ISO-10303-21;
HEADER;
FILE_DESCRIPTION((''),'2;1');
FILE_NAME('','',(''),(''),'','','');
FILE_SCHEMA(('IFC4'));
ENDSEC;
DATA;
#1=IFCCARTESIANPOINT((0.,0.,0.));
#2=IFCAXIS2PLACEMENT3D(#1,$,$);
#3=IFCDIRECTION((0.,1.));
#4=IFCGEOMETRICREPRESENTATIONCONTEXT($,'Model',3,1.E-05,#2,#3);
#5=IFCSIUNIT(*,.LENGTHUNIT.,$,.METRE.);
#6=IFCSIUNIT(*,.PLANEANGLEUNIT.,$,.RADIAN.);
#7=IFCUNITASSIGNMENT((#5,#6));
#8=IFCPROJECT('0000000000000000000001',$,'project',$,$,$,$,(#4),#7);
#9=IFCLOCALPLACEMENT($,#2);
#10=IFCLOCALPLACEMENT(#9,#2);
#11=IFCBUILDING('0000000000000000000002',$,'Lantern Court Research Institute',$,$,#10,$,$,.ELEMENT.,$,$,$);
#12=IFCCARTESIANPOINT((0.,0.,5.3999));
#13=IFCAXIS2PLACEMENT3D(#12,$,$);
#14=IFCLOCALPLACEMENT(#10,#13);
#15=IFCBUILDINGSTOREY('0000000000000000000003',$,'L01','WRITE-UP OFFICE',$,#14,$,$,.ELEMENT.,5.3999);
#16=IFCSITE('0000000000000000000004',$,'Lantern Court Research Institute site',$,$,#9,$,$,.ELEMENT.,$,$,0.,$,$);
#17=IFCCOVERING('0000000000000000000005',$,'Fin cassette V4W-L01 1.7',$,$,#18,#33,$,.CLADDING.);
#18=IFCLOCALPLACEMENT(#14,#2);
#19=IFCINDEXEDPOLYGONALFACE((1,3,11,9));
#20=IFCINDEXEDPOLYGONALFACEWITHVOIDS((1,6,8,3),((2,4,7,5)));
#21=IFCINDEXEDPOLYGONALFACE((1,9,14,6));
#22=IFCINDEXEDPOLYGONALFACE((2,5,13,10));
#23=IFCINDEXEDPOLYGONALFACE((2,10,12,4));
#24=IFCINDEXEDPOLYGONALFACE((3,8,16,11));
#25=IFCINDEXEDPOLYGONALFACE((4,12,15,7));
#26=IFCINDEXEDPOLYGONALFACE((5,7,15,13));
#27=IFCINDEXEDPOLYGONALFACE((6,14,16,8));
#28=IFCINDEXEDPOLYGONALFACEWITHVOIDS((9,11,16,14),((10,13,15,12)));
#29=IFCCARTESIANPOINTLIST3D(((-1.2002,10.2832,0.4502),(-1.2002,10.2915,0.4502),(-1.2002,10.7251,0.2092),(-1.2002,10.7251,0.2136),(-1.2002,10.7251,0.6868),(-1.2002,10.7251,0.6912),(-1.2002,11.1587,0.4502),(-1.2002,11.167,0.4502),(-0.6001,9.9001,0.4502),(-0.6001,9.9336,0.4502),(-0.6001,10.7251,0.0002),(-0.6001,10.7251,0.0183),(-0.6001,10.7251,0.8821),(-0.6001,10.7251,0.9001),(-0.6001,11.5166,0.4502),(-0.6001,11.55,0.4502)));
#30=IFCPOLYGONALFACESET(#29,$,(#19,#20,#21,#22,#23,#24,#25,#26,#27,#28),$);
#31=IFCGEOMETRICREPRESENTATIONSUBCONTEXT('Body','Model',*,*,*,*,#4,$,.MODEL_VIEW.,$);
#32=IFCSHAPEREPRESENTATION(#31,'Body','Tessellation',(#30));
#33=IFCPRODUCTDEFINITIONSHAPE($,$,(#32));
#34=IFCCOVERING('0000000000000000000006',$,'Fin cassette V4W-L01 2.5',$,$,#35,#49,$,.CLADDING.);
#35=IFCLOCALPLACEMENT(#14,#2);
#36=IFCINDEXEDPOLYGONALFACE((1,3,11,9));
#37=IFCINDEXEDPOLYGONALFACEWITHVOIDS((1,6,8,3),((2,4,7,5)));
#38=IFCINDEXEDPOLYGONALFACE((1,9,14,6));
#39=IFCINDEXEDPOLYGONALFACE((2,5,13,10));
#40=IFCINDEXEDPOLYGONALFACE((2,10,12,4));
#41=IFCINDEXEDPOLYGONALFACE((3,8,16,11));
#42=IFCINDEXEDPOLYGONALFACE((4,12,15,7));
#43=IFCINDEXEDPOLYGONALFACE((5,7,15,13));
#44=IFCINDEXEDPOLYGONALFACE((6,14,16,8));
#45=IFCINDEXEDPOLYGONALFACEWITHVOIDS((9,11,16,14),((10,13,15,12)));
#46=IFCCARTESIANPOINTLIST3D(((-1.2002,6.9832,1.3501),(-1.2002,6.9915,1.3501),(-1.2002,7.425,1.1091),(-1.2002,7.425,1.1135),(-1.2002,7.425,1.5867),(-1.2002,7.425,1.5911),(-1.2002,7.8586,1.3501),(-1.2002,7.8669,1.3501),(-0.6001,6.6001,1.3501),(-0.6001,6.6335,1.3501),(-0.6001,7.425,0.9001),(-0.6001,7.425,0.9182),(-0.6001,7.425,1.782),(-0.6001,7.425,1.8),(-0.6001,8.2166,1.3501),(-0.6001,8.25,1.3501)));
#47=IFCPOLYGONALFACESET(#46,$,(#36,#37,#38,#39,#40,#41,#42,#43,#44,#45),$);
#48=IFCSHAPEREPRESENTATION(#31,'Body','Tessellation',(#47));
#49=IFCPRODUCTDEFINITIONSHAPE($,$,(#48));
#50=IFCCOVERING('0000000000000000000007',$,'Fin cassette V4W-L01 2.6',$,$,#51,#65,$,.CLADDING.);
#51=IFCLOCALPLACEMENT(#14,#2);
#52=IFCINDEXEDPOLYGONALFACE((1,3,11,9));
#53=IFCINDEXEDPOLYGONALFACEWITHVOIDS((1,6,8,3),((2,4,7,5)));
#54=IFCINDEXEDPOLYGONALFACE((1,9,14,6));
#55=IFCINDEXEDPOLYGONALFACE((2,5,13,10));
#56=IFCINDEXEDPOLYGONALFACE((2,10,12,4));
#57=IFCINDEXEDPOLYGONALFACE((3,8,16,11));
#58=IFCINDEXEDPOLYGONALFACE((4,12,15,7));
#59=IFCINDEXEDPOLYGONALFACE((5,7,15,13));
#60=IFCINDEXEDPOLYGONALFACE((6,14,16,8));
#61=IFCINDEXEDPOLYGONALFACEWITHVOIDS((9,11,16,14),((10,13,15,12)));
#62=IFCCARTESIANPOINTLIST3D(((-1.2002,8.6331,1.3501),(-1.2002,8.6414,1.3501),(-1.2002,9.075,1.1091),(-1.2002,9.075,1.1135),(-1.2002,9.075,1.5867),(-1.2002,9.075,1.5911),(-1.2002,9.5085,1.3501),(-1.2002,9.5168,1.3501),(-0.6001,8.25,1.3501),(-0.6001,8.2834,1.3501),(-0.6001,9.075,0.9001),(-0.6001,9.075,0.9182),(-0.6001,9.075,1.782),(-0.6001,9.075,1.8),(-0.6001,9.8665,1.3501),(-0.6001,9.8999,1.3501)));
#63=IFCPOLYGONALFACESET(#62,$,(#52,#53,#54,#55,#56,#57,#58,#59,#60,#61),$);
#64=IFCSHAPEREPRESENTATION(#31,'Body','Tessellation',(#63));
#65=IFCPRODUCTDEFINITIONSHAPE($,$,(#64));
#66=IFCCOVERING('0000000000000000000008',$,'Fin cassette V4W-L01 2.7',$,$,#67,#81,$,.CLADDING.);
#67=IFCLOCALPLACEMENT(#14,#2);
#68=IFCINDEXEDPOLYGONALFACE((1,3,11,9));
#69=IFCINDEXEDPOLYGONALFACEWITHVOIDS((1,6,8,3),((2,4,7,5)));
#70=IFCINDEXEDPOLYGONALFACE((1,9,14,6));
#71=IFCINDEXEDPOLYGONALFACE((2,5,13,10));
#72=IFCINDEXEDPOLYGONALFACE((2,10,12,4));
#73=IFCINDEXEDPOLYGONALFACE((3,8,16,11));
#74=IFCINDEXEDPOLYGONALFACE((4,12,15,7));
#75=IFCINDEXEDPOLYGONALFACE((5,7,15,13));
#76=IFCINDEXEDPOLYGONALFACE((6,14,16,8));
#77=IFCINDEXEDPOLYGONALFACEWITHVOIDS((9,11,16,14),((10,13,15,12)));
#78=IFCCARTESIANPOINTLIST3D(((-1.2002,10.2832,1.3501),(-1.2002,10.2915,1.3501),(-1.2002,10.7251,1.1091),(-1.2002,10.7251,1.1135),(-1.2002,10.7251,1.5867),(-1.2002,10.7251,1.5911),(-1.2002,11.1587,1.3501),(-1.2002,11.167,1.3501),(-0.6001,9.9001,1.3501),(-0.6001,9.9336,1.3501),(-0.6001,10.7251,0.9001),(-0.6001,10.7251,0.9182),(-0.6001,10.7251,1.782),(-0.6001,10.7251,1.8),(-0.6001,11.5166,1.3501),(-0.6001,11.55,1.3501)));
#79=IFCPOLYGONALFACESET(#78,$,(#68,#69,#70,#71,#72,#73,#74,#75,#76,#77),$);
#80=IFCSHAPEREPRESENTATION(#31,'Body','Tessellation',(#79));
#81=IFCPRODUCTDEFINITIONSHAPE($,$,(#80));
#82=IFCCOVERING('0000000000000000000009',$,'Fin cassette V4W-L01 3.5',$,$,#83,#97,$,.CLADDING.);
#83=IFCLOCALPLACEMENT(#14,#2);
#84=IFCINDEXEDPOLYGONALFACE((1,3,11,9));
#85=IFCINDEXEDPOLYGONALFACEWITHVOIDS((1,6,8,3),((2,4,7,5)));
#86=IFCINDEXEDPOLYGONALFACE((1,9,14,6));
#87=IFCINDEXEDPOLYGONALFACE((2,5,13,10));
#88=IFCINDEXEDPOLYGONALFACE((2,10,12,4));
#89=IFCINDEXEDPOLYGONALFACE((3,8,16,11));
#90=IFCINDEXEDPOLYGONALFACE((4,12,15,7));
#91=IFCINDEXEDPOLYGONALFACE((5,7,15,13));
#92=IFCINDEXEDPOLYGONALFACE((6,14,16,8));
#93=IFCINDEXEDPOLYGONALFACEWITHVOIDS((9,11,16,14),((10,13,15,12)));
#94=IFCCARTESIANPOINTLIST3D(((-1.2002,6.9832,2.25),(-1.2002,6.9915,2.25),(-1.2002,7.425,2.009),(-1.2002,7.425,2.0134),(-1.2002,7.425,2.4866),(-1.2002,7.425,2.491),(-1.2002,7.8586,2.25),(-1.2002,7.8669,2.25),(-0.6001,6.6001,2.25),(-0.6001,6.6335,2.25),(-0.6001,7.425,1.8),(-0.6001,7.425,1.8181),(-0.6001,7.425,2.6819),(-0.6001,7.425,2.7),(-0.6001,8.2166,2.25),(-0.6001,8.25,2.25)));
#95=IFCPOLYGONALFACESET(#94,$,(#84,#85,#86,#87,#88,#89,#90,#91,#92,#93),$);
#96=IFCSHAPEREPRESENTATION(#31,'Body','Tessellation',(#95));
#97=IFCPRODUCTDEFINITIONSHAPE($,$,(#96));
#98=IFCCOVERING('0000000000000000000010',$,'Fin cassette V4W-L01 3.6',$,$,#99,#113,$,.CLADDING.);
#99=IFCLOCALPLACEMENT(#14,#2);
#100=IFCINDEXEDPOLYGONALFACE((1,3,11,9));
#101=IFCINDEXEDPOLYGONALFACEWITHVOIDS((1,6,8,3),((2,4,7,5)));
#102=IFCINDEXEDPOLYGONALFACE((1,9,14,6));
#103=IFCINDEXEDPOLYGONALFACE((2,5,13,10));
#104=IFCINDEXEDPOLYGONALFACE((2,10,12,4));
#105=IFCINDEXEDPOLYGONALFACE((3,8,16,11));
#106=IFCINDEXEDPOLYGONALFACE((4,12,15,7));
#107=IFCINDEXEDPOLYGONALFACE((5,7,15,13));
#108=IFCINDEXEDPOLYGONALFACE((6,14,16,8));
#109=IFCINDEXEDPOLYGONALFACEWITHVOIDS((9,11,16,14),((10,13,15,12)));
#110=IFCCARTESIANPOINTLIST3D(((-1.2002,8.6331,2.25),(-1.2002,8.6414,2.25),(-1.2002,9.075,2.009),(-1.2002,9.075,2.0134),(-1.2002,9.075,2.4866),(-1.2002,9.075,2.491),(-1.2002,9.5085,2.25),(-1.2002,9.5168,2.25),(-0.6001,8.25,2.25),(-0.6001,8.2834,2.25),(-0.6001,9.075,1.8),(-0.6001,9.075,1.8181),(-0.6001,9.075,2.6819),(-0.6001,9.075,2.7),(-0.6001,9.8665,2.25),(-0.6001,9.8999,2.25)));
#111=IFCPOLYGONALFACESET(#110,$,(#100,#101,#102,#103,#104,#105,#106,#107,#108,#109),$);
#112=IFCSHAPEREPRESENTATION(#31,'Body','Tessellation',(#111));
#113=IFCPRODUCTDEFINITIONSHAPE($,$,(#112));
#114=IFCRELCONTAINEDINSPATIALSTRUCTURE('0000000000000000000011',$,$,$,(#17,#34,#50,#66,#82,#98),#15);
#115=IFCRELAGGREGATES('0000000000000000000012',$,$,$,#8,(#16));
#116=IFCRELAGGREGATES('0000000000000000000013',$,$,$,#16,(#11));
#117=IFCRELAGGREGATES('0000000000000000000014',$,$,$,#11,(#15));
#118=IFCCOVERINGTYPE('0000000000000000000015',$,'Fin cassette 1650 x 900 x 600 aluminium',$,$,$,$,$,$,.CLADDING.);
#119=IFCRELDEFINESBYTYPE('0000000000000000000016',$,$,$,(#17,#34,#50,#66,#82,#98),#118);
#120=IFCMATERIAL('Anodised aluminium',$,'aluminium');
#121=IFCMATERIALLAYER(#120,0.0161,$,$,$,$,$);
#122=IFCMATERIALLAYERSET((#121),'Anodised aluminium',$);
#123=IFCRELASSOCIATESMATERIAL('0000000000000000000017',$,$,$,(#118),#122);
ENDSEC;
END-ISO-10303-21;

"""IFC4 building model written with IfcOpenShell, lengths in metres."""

from ifc_helpers import new_model, entity, si_unit, direction, frame, origin, place, context, subcontext, project, spatial, material, layer, layer_set, type_object, element, save


model = new_model("IFC4")

# Units and contexts
model_context = context("Model", 3, precision=1e-05, world=origin(), true_north=direction((0.0, 1.0)))
body_context = subcontext(model_context, "Body", "Model", "MODEL_VIEW")
ifc_project = project(units=[si_unit("LENGTHUNIT", "METRE"), si_unit("PLANEANGLEUNIT", "RADIAN")], contexts=[model_context])

# Site, building, storey
site_placement = place(None, origin())
site = spatial("IfcSite", under=ifc_project, at=site_placement, Name="Lantern Court Research Institute site", CompositionType="ELEMENT", RefElevation=0.0)
building_placement = place(site_placement, origin())
building = spatial("IfcBuilding", under=site, at=building_placement, Name="Lantern Court Research Institute", CompositionType="ELEMENT")
storey_placement = place(building_placement, frame((0.0, 0.0, 5.3999)))
storey = spatial("IfcBuildingStorey", under=building, at=storey_placement, Name="L01", Description="WRITE-UP OFFICE", CompositionType="ELEMENT", Elevation=5.3999)

# Coverings
ifc_material_1 = material(Name="Anodised aluminium", Category="aluminium")
ifc_layer_1 = layer(ifc_material_1, 0.0161)
ifc_layer_set_1 = layer_set([ifc_layer_1], Name="Anodised aluminium")
covering_type = type_object("IfcCoveringType", Name="Fin cassette 1650 x 900 x 600 aluminium", PredefinedType="CLADDING", material=ifc_layer_set_1)
covering_1_placement = place(storey_placement, frame((-0.6001, 10.7251, 0.4502), z_axis=(-1.0, 0.0, 0.0), x_axis=(0.0, -1.0, 0.0)))
cartesian_point_1 = entity("IfcCartesianPoint", [0.825, 0.0])
cartesian_point_2 = entity("IfcCartesianPoint", [0.7915, 0.0])
cartesian_point_3 = entity("IfcCartesianPoint", [0.4419, 0.0])
cartesian_point_4 = entity("IfcCartesianPoint", [0.4336, 0.0])
element("IfcCovering", 1, at=covering_1_placement, inside=storey, type_object=covering_type, Name="Fin cassette V4W-L01 1.7", PredefinedType="CLADDING", context=body_context, shape_type="SweptSolid", body=[
    entity("IfcExtrudedAreaSolidTapered", entity("IfcArbitraryProfileDefWithVoids", "AREA", None, entity("IfcPolyline", [cartesian_point_1, entity("IfcCartesianPoint", [0.0, 0.45]), entity("IfcCartesianPoint", [-0.825, 0.0]), entity("IfcCartesianPoint", [0.0, -0.45]), cartesian_point_1]), [entity("IfcPolyline", [cartesian_point_2, entity("IfcCartesianPoint", [0.0, 0.4319]), entity("IfcCartesianPoint", [-0.7915, 0.0]), entity("IfcCartesianPoint", [0.0, -0.4319]), cartesian_point_2])]), entity("IfcAxis2Placement3D", entity("IfcCartesianPoint", [0.0, 0.0, 0.0])), entity("IfcDirection", [0.0, 0.0, 1.0]), 0.6001, entity("IfcArbitraryProfileDefWithVoids", "AREA", None, entity("IfcPolyline", [cartesian_point_3, entity("IfcCartesianPoint", [0.0, 0.241]), entity("IfcCartesianPoint", [-0.4419, 0.0]), entity("IfcCartesianPoint", [0.0, -0.241]), cartesian_point_3]), [entity("IfcPolyline", [cartesian_point_4, entity("IfcCartesianPoint", [0.0, 0.2366]), entity("IfcCartesianPoint", [-0.4336, 0.0]), entity("IfcCartesianPoint", [0.0, -0.2366]), cartesian_point_4])])),
])
covering_2_placement = place(storey_placement, frame((-0.6001, 7.425, 1.3501), z_axis=(-1.0, 0.0, 0.0), x_axis=(0.0, -1.0, 0.0)))
cartesian_point_5 = entity("IfcCartesianPoint", [0.825, 0.0])
cartesian_point_6 = entity("IfcCartesianPoint", [0.7915, 0.0])
cartesian_point_7 = entity("IfcCartesianPoint", [0.4419, 0.0])
cartesian_point_8 = entity("IfcCartesianPoint", [0.4336, 0.0])
element("IfcCovering", 2, at=covering_2_placement, inside=storey, type_object=covering_type, Name="Fin cassette V4W-L01 2.5", PredefinedType="CLADDING", context=body_context, shape_type="SweptSolid", body=[
    entity("IfcExtrudedAreaSolidTapered", entity("IfcArbitraryProfileDefWithVoids", "AREA", None, entity("IfcPolyline", [cartesian_point_5, entity("IfcCartesianPoint", [0.0, 0.45]), entity("IfcCartesianPoint", [-0.825, 0.0]), entity("IfcCartesianPoint", [0.0, -0.45]), cartesian_point_5]), [entity("IfcPolyline", [cartesian_point_6, entity("IfcCartesianPoint", [0.0, 0.4319]), entity("IfcCartesianPoint", [-0.7915, 0.0]), entity("IfcCartesianPoint", [0.0, -0.4319]), cartesian_point_6])]), entity("IfcAxis2Placement3D", entity("IfcCartesianPoint", [0.0, 0.0, 0.0])), entity("IfcDirection", [0.0, 0.0, 1.0]), 0.6001, entity("IfcArbitraryProfileDefWithVoids", "AREA", None, entity("IfcPolyline", [cartesian_point_7, entity("IfcCartesianPoint", [0.0, 0.241]), entity("IfcCartesianPoint", [-0.4419, 0.0]), entity("IfcCartesianPoint", [0.0, -0.241]), cartesian_point_7]), [entity("IfcPolyline", [cartesian_point_8, entity("IfcCartesianPoint", [0.0, 0.2366]), entity("IfcCartesianPoint", [-0.4336, 0.0]), entity("IfcCartesianPoint", [0.0, -0.2366]), cartesian_point_8])])),
])
covering_3_placement = place(storey_placement, frame((-0.6001, 9.075, 1.3501), z_axis=(-1.0, 0.0, 0.0), x_axis=(0.0, -1.0, 0.0)))
cartesian_point_9 = entity("IfcCartesianPoint", [0.825, 0.0])
cartesian_point_10 = entity("IfcCartesianPoint", [0.7915, 0.0])
cartesian_point_11 = entity("IfcCartesianPoint", [0.4419, 0.0])
cartesian_point_12 = entity("IfcCartesianPoint", [0.4336, 0.0])
element("IfcCovering", 3, at=covering_3_placement, inside=storey, type_object=covering_type, Name="Fin cassette V4W-L01 2.6", PredefinedType="CLADDING", context=body_context, shape_type="SweptSolid", body=[
    entity("IfcExtrudedAreaSolidTapered", entity("IfcArbitraryProfileDefWithVoids", "AREA", None, entity("IfcPolyline", [cartesian_point_9, entity("IfcCartesianPoint", [0.0, 0.45]), entity("IfcCartesianPoint", [-0.825, 0.0]), entity("IfcCartesianPoint", [0.0, -0.45]), cartesian_point_9]), [entity("IfcPolyline", [cartesian_point_10, entity("IfcCartesianPoint", [0.0, 0.4319]), entity("IfcCartesianPoint", [-0.7915, 0.0]), entity("IfcCartesianPoint", [0.0, -0.4319]), cartesian_point_10])]), entity("IfcAxis2Placement3D", entity("IfcCartesianPoint", [0.0, 0.0, 0.0])), entity("IfcDirection", [0.0, 0.0, 1.0]), 0.6001, entity("IfcArbitraryProfileDefWithVoids", "AREA", None, entity("IfcPolyline", [cartesian_point_11, entity("IfcCartesianPoint", [0.0, 0.241]), entity("IfcCartesianPoint", [-0.4419, 0.0]), entity("IfcCartesianPoint", [0.0, -0.241]), cartesian_point_11]), [entity("IfcPolyline", [cartesian_point_12, entity("IfcCartesianPoint", [0.0, 0.2366]), entity("IfcCartesianPoint", [-0.4336, 0.0]), entity("IfcCartesianPoint", [0.0, -0.2366]), cartesian_point_12])])),
])
covering_4_placement = place(storey_placement, frame((-0.6001, 10.7251, 1.3501), z_axis=(-1.0, 0.0, 0.0), x_axis=(0.0, -1.0, 0.0)))
cartesian_point_13 = entity("IfcCartesianPoint", [0.825, 0.0])
cartesian_point_14 = entity("IfcCartesianPoint", [0.7915, 0.0])
cartesian_point_15 = entity("IfcCartesianPoint", [0.4419, 0.0])
cartesian_point_16 = entity("IfcCartesianPoint", [0.4336, 0.0])
element("IfcCovering", 4, at=covering_4_placement, inside=storey, type_object=covering_type, Name="Fin cassette V4W-L01 2.7", PredefinedType="CLADDING", context=body_context, shape_type="SweptSolid", body=[
    entity("IfcExtrudedAreaSolidTapered", entity("IfcArbitraryProfileDefWithVoids", "AREA", None, entity("IfcPolyline", [cartesian_point_13, entity("IfcCartesianPoint", [0.0, 0.45]), entity("IfcCartesianPoint", [-0.825, 0.0]), entity("IfcCartesianPoint", [0.0, -0.45]), cartesian_point_13]), [entity("IfcPolyline", [cartesian_point_14, entity("IfcCartesianPoint", [0.0, 0.4319]), entity("IfcCartesianPoint", [-0.7915, 0.0]), entity("IfcCartesianPoint", [0.0, -0.4319]), cartesian_point_14])]), entity("IfcAxis2Placement3D", entity("IfcCartesianPoint", [0.0, 0.0, 0.0])), entity("IfcDirection", [0.0, 0.0, 1.0]), 0.6001, entity("IfcArbitraryProfileDefWithVoids", "AREA", None, entity("IfcPolyline", [cartesian_point_15, entity("IfcCartesianPoint", [0.0, 0.241]), entity("IfcCartesianPoint", [-0.4419, 0.0]), entity("IfcCartesianPoint", [0.0, -0.241]), cartesian_point_15]), [entity("IfcPolyline", [cartesian_point_16, entity("IfcCartesianPoint", [0.0, 0.2366]), entity("IfcCartesianPoint", [-0.4336, 0.0]), entity("IfcCartesianPoint", [0.0, -0.2366]), cartesian_point_16])])),
])
covering_5_placement = place(storey_placement, frame((-0.6001, 7.425, 2.25), z_axis=(-1.0, 0.0, 0.0), x_axis=(0.0, -1.0, 0.0)))
cartesian_point_17 = entity("IfcCartesianPoint", [0.825, 0.0])
cartesian_point_18 = entity("IfcCartesianPoint", [0.7915, 0.0])
cartesian_point_19 = entity("IfcCartesianPoint", [0.4419, 0.0])
cartesian_point_20 = entity("IfcCartesianPoint", [0.4336, 0.0])
element("IfcCovering", 5, at=covering_5_placement, inside=storey, type_object=covering_type, Name="Fin cassette V4W-L01 3.5", PredefinedType="CLADDING", context=body_context, shape_type="SweptSolid", body=[
    entity("IfcExtrudedAreaSolidTapered", entity("IfcArbitraryProfileDefWithVoids", "AREA", None, entity("IfcPolyline", [cartesian_point_17, entity("IfcCartesianPoint", [0.0, 0.45]), entity("IfcCartesianPoint", [-0.825, 0.0]), entity("IfcCartesianPoint", [0.0, -0.45]), cartesian_point_17]), [entity("IfcPolyline", [cartesian_point_18, entity("IfcCartesianPoint", [0.0, 0.4319]), entity("IfcCartesianPoint", [-0.7915, 0.0]), entity("IfcCartesianPoint", [0.0, -0.4319]), cartesian_point_18])]), entity("IfcAxis2Placement3D", entity("IfcCartesianPoint", [0.0, 0.0, 0.0])), entity("IfcDirection", [0.0, 0.0, 1.0]), 0.6001, entity("IfcArbitraryProfileDefWithVoids", "AREA", None, entity("IfcPolyline", [cartesian_point_19, entity("IfcCartesianPoint", [0.0, 0.241]), entity("IfcCartesianPoint", [-0.4419, 0.0]), entity("IfcCartesianPoint", [0.0, -0.241]), cartesian_point_19]), [entity("IfcPolyline", [cartesian_point_20, entity("IfcCartesianPoint", [0.0, 0.2366]), entity("IfcCartesianPoint", [-0.4336, 0.0]), entity("IfcCartesianPoint", [0.0, -0.2366]), cartesian_point_20])])),
])
covering_6_placement = place(storey_placement, frame((-0.6001, 9.075, 2.25), z_axis=(-1.0, 0.0, 0.0), x_axis=(0.0, -1.0, 0.0)))
cartesian_point_21 = entity("IfcCartesianPoint", [0.825, 0.0])
cartesian_point_22 = entity("IfcCartesianPoint", [0.7915, 0.0])
cartesian_point_23 = entity("IfcCartesianPoint", [0.4419, 0.0])
cartesian_point_24 = entity("IfcCartesianPoint", [0.4336, 0.0])
element("IfcCovering", 6, at=covering_6_placement, inside=storey, type_object=covering_type, Name="Fin cassette V4W-L01 3.6", PredefinedType="CLADDING", context=body_context, shape_type="SweptSolid", body=[
    entity("IfcExtrudedAreaSolidTapered", entity("IfcArbitraryProfileDefWithVoids", "AREA", None, entity("IfcPolyline", [cartesian_point_21, entity("IfcCartesianPoint", [0.0, 0.45]), entity("IfcCartesianPoint", [-0.825, 0.0]), entity("IfcCartesianPoint", [0.0, -0.45]), cartesian_point_21]), [entity("IfcPolyline", [cartesian_point_22, entity("IfcCartesianPoint", [0.0, 0.4319]), entity("IfcCartesianPoint", [-0.7915, 0.0]), entity("IfcCartesianPoint", [0.0, -0.4319]), cartesian_point_22])]), entity("IfcAxis2Placement3D", entity("IfcCartesianPoint", [0.0, 0.0, 0.0])), entity("IfcDirection", [0.0, 0.0, 1.0]), 0.6001, entity("IfcArbitraryProfileDefWithVoids", "AREA", None, entity("IfcPolyline", [cartesian_point_23, entity("IfcCartesianPoint", [0.0, 0.241]), entity("IfcCartesianPoint", [-0.4419, 0.0]), entity("IfcCartesianPoint", [0.0, -0.241]), cartesian_point_23]), [entity("IfcPolyline", [cartesian_point_24, entity("IfcCartesianPoint", [0.0, 0.2366]), entity("IfcCartesianPoint", [-0.4336, 0.0]), entity("IfcCartesianPoint", [0.0, -0.2366]), cartesian_point_24])])),
])

save(model, "model.ifc")
